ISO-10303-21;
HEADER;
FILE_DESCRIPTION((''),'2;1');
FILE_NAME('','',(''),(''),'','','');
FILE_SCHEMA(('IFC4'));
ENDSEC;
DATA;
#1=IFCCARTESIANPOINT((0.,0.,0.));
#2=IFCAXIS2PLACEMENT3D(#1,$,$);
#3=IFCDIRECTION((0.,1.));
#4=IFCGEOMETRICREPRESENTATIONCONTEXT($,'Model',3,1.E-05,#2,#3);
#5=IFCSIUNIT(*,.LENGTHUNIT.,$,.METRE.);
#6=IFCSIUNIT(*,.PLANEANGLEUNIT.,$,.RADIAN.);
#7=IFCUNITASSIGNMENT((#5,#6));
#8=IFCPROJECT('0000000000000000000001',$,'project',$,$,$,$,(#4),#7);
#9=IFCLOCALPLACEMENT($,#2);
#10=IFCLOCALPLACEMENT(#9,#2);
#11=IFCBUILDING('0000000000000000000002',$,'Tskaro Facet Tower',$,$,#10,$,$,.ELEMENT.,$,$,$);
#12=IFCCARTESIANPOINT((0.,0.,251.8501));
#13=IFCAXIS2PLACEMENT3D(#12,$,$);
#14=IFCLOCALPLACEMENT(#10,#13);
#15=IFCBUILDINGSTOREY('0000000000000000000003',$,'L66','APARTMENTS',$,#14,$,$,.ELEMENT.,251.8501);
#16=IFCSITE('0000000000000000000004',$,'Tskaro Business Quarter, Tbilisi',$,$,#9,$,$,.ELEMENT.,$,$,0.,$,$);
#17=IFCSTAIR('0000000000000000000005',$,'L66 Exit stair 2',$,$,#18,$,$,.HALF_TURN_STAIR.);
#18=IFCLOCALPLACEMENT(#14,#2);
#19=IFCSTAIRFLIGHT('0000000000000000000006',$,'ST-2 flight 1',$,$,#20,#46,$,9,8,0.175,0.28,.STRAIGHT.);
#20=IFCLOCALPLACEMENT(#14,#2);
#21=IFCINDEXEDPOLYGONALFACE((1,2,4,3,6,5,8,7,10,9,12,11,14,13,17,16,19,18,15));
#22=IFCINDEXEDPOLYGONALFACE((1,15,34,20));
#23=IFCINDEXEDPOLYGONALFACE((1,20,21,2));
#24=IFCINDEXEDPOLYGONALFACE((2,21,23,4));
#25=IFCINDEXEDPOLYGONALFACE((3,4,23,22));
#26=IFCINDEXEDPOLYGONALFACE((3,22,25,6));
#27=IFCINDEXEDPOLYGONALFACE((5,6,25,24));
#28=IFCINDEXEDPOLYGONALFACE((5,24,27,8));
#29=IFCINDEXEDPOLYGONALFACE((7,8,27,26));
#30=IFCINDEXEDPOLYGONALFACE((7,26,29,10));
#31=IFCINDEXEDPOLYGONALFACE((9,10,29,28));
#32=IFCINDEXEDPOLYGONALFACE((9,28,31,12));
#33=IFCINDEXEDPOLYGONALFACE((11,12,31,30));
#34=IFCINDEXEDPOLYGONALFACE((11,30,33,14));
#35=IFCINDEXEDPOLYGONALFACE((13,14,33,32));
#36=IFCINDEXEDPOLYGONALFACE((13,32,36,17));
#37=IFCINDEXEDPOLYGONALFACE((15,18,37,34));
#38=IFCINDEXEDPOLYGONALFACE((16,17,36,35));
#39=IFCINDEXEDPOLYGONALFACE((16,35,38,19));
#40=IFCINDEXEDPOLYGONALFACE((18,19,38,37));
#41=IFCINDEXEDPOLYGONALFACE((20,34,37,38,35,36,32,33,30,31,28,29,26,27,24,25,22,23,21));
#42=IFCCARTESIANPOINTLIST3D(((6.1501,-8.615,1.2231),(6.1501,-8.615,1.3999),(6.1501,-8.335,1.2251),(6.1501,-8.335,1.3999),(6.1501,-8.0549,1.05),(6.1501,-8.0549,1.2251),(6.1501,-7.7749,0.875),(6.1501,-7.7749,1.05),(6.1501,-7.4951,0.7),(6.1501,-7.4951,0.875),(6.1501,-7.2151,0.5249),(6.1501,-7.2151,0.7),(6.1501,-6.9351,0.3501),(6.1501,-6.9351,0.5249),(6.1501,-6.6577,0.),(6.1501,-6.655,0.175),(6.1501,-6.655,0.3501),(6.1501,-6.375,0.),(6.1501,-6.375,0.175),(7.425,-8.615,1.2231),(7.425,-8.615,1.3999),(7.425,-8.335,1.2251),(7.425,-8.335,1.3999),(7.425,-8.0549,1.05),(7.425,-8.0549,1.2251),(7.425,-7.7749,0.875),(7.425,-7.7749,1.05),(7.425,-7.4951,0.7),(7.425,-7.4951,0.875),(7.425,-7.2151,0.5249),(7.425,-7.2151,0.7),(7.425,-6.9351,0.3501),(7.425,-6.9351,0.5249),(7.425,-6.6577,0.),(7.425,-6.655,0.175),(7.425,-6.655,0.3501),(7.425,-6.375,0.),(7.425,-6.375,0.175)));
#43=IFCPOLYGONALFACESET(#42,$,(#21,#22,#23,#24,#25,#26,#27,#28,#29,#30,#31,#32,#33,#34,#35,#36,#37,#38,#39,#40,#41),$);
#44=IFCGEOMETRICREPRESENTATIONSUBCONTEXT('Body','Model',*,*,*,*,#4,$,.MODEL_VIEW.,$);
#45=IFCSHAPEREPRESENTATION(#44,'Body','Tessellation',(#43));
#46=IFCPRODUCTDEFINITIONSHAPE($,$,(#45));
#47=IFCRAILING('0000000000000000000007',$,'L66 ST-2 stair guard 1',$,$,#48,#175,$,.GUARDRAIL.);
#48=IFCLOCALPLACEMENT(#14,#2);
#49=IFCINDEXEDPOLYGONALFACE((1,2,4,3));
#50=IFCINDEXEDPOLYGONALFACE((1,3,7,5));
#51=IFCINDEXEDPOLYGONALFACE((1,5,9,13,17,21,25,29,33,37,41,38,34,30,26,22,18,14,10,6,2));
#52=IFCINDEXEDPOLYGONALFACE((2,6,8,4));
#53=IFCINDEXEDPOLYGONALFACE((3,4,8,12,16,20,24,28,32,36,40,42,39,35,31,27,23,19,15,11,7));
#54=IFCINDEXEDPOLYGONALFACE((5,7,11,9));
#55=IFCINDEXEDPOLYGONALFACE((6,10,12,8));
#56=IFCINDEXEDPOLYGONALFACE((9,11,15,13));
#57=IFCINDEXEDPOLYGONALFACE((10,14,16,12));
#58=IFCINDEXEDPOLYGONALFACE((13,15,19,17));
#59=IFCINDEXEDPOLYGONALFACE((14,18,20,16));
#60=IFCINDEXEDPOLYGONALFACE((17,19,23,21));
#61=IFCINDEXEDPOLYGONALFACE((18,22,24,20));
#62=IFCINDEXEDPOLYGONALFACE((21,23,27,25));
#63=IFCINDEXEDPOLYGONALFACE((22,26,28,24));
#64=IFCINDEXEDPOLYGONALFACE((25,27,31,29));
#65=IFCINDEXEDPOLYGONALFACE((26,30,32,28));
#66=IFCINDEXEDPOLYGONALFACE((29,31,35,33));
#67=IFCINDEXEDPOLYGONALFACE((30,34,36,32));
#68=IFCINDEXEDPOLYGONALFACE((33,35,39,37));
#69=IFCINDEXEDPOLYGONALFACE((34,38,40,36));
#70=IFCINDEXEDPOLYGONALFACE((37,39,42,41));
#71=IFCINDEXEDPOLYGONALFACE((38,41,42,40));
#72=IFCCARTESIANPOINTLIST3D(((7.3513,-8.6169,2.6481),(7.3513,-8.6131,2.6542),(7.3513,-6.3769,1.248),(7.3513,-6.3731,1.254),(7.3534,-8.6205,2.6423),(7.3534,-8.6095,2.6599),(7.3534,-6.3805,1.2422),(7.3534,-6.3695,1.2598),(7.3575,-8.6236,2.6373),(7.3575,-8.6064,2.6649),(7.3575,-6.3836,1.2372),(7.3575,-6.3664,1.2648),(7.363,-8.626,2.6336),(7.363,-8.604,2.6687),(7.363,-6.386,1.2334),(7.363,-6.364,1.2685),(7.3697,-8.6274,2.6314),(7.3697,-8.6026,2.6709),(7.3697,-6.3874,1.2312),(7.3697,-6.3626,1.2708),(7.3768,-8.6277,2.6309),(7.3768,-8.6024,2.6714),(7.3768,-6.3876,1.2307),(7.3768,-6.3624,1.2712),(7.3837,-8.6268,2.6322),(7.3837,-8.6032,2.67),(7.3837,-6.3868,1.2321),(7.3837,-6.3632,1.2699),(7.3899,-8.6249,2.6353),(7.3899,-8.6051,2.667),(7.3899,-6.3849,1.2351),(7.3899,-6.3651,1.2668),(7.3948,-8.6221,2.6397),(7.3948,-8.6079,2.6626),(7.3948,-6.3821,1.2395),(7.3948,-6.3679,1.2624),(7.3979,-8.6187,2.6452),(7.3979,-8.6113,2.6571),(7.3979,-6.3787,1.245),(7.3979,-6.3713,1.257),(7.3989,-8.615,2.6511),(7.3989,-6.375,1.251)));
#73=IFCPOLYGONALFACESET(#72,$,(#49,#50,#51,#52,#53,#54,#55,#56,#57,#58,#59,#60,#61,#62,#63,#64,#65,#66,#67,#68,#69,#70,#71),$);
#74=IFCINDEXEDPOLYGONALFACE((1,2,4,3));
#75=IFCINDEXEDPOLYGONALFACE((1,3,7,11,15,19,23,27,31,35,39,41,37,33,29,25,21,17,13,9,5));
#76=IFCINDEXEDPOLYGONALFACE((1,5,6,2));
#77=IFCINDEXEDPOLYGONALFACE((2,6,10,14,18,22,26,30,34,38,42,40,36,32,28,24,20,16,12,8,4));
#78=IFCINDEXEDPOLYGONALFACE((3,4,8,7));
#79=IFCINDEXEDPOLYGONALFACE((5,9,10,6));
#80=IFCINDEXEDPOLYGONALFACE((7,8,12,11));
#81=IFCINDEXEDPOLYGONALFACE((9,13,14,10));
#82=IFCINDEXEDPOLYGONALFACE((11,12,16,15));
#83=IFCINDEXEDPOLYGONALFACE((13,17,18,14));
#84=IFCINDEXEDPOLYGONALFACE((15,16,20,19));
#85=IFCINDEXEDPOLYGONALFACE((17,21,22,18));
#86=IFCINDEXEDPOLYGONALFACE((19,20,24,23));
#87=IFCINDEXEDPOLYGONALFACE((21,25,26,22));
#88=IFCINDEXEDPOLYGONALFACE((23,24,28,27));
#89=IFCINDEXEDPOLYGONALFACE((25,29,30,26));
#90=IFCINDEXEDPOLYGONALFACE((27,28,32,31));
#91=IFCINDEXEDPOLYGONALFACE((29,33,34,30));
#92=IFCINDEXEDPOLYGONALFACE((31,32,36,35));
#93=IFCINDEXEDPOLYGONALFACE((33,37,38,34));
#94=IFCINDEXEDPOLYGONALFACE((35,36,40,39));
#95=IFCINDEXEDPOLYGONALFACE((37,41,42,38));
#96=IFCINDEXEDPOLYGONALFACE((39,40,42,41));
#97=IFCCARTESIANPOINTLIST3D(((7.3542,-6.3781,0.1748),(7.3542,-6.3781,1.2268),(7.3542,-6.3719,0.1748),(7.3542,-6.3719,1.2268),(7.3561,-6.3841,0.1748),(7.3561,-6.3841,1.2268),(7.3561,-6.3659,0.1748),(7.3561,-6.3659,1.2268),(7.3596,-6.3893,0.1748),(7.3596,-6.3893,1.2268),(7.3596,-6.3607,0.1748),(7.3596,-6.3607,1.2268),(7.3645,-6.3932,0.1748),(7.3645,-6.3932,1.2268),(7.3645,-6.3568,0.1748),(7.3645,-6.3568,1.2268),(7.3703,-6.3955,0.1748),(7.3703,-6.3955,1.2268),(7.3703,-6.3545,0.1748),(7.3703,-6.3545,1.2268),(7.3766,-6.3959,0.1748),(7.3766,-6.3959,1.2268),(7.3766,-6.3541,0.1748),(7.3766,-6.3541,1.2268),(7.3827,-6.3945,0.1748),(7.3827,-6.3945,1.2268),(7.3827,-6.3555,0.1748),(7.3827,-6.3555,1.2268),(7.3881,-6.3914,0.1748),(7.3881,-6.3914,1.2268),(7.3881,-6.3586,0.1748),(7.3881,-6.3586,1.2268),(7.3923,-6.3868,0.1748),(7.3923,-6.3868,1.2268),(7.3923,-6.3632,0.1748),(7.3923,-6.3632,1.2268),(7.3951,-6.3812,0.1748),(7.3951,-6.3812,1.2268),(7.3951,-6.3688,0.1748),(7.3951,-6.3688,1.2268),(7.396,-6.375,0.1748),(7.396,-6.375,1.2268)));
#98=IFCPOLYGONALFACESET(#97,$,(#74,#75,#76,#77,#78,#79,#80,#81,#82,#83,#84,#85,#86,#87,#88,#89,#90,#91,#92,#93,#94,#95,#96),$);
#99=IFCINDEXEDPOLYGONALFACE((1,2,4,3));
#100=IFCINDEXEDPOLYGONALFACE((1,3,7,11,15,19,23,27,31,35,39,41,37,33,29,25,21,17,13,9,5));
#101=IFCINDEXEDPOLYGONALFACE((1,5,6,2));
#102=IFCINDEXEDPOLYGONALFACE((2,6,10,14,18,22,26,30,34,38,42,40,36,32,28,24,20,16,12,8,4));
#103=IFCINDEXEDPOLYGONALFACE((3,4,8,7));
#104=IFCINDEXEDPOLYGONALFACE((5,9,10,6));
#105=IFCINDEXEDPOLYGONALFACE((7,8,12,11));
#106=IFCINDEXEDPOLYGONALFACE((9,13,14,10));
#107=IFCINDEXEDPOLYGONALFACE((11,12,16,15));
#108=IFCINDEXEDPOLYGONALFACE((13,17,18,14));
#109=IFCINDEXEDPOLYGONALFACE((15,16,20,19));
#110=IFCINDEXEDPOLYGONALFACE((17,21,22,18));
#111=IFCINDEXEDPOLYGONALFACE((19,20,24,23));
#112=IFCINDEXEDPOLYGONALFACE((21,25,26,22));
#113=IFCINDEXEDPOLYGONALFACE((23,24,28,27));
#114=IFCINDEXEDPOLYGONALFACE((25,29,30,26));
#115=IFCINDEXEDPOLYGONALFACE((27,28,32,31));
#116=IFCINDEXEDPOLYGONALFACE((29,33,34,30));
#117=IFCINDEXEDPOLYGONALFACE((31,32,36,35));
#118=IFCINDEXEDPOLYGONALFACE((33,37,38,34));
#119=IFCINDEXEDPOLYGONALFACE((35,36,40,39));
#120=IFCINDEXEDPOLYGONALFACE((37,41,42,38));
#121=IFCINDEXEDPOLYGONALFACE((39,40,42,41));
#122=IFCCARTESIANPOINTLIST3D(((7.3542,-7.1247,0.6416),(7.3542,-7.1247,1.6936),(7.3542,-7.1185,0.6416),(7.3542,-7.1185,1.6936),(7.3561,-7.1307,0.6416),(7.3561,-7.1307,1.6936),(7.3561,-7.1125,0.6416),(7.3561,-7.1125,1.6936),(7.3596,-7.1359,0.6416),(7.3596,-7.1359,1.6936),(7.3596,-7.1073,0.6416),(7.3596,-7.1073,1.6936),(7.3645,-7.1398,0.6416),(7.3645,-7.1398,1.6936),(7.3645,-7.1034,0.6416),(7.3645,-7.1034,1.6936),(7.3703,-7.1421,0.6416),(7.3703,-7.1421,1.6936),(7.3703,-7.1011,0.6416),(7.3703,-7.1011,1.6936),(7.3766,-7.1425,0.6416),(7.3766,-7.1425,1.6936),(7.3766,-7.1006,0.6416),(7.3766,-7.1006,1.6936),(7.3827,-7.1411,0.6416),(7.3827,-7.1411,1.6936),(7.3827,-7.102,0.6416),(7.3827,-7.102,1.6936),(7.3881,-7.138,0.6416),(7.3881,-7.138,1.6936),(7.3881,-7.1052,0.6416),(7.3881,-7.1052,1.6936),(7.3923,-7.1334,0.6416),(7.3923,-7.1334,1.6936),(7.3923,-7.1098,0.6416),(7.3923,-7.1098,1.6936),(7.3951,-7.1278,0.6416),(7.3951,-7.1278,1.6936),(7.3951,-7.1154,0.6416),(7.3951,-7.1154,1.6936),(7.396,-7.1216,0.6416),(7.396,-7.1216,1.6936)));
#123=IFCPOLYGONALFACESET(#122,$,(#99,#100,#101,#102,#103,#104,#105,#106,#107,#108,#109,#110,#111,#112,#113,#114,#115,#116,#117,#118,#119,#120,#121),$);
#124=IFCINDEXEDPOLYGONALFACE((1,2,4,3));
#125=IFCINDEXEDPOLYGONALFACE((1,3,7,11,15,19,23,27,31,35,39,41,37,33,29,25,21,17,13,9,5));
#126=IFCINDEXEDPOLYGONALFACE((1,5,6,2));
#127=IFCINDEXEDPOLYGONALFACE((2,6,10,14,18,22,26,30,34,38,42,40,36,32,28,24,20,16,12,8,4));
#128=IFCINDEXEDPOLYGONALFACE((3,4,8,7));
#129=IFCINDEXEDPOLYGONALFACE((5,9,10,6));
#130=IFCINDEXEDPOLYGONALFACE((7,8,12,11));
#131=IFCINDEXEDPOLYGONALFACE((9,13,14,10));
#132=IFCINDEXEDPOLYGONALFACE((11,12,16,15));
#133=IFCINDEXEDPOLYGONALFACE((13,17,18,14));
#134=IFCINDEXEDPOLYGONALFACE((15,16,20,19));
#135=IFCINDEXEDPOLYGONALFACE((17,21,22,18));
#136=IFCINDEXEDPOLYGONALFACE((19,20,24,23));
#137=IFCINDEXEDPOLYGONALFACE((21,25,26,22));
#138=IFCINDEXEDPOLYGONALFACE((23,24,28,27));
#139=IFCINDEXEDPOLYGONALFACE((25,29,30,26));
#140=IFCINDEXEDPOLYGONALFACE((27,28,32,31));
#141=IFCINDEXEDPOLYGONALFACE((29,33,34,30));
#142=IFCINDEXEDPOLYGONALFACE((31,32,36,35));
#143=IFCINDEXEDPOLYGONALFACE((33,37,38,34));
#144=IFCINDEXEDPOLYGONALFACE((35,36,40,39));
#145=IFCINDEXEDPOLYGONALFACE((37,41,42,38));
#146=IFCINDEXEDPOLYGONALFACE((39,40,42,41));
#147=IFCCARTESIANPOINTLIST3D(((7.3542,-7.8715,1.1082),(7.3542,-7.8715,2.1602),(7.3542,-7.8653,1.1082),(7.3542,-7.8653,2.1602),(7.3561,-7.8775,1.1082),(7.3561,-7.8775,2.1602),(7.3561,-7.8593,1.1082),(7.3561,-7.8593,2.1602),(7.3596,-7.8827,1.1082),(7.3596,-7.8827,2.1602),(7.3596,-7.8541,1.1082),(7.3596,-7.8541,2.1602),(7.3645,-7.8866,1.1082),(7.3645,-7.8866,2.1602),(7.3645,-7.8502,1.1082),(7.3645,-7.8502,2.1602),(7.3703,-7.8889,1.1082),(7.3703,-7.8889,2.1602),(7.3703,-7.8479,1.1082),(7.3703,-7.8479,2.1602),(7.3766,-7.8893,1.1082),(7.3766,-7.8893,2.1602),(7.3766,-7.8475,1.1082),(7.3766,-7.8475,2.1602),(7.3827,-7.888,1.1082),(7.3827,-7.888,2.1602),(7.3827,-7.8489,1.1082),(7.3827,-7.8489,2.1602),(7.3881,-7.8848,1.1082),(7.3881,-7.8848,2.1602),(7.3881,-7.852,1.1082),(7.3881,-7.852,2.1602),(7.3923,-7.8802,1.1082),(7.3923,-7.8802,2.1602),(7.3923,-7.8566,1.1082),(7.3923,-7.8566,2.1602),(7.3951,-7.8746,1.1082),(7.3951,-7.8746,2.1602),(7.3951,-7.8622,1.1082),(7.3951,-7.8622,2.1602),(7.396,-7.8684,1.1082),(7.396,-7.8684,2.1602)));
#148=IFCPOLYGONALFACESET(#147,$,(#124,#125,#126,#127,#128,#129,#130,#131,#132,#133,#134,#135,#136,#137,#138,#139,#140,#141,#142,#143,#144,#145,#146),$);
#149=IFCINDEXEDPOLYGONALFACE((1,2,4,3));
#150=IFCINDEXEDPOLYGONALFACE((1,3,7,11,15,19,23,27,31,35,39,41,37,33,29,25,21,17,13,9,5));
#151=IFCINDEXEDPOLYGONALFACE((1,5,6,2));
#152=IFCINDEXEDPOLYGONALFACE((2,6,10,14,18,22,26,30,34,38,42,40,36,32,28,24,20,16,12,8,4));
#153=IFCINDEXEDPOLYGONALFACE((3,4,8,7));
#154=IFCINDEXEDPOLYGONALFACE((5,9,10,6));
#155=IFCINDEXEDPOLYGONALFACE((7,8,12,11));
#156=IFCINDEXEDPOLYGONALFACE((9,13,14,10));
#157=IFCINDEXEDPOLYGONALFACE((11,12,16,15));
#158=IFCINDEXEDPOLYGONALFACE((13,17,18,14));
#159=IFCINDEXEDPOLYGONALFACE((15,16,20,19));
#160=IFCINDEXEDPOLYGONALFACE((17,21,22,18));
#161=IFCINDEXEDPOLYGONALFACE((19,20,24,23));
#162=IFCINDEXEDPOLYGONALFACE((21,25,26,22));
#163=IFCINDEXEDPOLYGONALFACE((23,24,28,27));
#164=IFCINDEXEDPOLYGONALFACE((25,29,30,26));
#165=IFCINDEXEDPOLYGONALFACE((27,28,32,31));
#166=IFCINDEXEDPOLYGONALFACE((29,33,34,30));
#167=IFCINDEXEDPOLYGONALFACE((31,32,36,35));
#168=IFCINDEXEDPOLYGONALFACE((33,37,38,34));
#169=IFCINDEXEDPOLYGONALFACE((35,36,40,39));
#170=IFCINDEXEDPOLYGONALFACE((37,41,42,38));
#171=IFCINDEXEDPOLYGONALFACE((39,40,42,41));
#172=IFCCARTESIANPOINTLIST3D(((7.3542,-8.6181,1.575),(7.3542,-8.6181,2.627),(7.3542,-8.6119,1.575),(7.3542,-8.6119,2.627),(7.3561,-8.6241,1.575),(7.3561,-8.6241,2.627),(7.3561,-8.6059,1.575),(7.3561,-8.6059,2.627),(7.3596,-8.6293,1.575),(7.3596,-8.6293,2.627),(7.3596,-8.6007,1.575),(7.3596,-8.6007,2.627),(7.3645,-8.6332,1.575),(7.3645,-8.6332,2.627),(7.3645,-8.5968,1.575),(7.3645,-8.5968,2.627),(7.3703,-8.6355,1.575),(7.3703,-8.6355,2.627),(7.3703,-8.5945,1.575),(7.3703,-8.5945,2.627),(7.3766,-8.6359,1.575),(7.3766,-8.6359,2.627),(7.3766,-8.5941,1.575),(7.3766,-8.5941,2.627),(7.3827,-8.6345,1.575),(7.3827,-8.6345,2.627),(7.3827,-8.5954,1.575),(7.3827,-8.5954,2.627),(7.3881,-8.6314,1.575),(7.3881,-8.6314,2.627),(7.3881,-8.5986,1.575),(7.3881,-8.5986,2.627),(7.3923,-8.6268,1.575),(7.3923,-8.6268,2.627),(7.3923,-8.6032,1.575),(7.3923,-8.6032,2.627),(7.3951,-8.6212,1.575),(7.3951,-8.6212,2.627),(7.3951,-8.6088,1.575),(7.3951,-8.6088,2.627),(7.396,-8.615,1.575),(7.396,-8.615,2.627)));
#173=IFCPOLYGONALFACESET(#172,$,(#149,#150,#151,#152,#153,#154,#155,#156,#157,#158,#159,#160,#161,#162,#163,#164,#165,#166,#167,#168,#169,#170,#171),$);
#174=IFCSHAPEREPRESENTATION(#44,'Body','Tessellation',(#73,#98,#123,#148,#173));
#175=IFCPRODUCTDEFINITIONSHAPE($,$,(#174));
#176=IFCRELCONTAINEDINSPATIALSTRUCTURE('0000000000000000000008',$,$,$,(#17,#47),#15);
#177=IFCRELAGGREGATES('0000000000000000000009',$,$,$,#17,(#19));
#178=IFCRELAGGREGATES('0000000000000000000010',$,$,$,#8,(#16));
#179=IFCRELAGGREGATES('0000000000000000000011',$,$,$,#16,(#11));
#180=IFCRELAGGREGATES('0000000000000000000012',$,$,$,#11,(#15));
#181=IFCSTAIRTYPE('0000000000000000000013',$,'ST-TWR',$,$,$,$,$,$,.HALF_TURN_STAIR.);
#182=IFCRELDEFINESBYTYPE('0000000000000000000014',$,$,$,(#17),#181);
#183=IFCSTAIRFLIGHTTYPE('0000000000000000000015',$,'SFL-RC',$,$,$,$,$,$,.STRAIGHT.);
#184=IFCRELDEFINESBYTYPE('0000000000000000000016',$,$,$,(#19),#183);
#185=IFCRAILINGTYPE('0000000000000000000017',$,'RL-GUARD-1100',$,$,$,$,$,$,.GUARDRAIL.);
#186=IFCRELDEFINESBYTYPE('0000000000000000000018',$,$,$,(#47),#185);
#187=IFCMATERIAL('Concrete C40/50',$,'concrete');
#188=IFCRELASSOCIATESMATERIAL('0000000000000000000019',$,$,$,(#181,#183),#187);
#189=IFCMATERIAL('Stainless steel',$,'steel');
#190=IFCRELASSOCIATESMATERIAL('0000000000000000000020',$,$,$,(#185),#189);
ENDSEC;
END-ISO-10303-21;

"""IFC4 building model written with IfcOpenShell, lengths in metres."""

from ifc_helpers import new_model, si_unit, direction, frame, origin, origin_2d, place, context, subcontext, project, spatial, polyline, circle, outline, extrude, material, type_object, element, aggregate, save


model = new_model("IFC4")

# Units and contexts
model_context = context("Model", 3, precision=1e-05, world=origin(), true_north=direction((0.0, 1.0)))
body_context = subcontext(model_context, "Body", "Model", "MODEL_VIEW")
ifc_project = project(units=[si_unit("LENGTHUNIT", "METRE"), si_unit("PLANEANGLEUNIT", "RADIAN")], contexts=[model_context])

# Site, building, storey
site_placement = place(None, origin())
site = spatial("IfcSite", under=ifc_project, at=site_placement, Name="Tskaro Business Quarter, Tbilisi", CompositionType="ELEMENT", RefElevation=0.0)
building_placement = place(site_placement, origin())
building = spatial("IfcBuilding", under=site, at=building_placement, Name="Tskaro Facet Tower", CompositionType="ELEMENT")
storey_placement = place(building_placement, frame((0.0, 0.0, 251.8501)))
storey = spatial("IfcBuildingStorey", under=building, at=storey_placement, Name="L66", Description="APARTMENTS", CompositionType="ELEMENT", Elevation=251.8501)

# Shared definitions
ifc_material_1 = material(Name="Stainless steel", Category="steel")

# Stair, stair flight
ifc_material_2 = material(Name="Concrete C40/50", Category="concrete")
stair_type = type_object("IfcStairType", Name="ST-TWR", PredefinedType="HALF_TURN_STAIR", material=ifc_material_2)
stair_placement = place(storey_placement, origin())
stair = element("IfcStair", 1, at=stair_placement, inside=storey, type_object=stair_type, Name="L66 Exit stair 2", PredefinedType="HALF_TURN_STAIR")
stair_flight_type = type_object("IfcStairFlightType", Name="SFL-RC", PredefinedType="STRAIGHT", material=ifc_material_2)
stair_flight_placement = place(storey_placement, frame((6.7876, -6.375, 0.0), z_axis=(0.0, 0.0, 1.0), x_axis=(0.0, -1.0, 0.0)))
stair_flight = element("IfcStairFlight", 2, at=stair_flight_placement, type_object=stair_flight_type, Name="ST-2 flight 1", NumberOfRisers=9, NumberOfTreads=8, PredefinedType="STRAIGHT", RiserHeight=0.175, TreadLength=0.28, context=body_context, shape_type="SweptSolid", body=[
    extrude(outline(polyline([(0.0, 0.0), (0.0, 0.175), (0.28, 0.175), (0.28, 0.3501), (0.5601, 0.3501), (0.5601, 0.5249), (0.8401, 0.5249), (0.8401, 0.7), (1.1201, 0.7), (1.1201, 0.875), (1.3999, 0.875), (1.3999, 1.05), (1.6799, 1.05), (1.6799, 1.2251), (1.96, 1.2251), (1.96, 1.3999), (2.24, 1.3999), (2.24, 1.575), (2.24, 1.2231), (0.2827, 0.0), (0.0, 0.0)])), frame((0.0, 0.6375, 0.0), z_axis=(0.0, -1.0, 0.0), x_axis=(1.0, 0.0, 0.0)), (0.0, 0.0, 1.0), 1.2749),
])
aggregate(stair, [stair_flight])

# Railing
railing_type = type_object("IfcRailingType", Name="RL-GUARD-1100", PredefinedType="GUARDRAIL", material=ifc_material_1)
railing_placement = place(storey_placement, frame((7.375, -6.375, 0.1748)))
element("IfcRailing", 3, at=railing_placement, inside=storey, type_object=railing_type, Name="L66 ST-2 stair guard 1", PredefinedType="GUARDRAIL", context=body_context, shape_type="SweptSolid", body=[
    extrude(circle(Radius=0.0239, at=origin_2d()), frame((0.0, 0.0, 1.0762), z_axis=(0.0, -0.847972, 0.53004), x_axis=(1.0, 0.0, 0.0)), (0.0, 0.0, 1.0), 2.6416),
    extrude(circle(Radius=0.021, at=origin_2d()), origin(), (0.0, 0.0, 1.0), 1.052),
    extrude(circle(Radius=0.021, at=origin_2d()), frame((0.0, -0.7466, 0.4668)), (0.0, 0.0, 1.0), 1.052),
    extrude(circle(Radius=0.021, at=origin_2d()), frame((0.0, -1.4934, 0.9333)), (0.0, 0.0, 1.0), 1.052),
    extrude(circle(Radius=0.021, at=origin_2d()), frame((0.0, -2.24, 1.4001)), (0.0, 0.0, 1.0), 1.052),
])

save(model, "model.ifc")
